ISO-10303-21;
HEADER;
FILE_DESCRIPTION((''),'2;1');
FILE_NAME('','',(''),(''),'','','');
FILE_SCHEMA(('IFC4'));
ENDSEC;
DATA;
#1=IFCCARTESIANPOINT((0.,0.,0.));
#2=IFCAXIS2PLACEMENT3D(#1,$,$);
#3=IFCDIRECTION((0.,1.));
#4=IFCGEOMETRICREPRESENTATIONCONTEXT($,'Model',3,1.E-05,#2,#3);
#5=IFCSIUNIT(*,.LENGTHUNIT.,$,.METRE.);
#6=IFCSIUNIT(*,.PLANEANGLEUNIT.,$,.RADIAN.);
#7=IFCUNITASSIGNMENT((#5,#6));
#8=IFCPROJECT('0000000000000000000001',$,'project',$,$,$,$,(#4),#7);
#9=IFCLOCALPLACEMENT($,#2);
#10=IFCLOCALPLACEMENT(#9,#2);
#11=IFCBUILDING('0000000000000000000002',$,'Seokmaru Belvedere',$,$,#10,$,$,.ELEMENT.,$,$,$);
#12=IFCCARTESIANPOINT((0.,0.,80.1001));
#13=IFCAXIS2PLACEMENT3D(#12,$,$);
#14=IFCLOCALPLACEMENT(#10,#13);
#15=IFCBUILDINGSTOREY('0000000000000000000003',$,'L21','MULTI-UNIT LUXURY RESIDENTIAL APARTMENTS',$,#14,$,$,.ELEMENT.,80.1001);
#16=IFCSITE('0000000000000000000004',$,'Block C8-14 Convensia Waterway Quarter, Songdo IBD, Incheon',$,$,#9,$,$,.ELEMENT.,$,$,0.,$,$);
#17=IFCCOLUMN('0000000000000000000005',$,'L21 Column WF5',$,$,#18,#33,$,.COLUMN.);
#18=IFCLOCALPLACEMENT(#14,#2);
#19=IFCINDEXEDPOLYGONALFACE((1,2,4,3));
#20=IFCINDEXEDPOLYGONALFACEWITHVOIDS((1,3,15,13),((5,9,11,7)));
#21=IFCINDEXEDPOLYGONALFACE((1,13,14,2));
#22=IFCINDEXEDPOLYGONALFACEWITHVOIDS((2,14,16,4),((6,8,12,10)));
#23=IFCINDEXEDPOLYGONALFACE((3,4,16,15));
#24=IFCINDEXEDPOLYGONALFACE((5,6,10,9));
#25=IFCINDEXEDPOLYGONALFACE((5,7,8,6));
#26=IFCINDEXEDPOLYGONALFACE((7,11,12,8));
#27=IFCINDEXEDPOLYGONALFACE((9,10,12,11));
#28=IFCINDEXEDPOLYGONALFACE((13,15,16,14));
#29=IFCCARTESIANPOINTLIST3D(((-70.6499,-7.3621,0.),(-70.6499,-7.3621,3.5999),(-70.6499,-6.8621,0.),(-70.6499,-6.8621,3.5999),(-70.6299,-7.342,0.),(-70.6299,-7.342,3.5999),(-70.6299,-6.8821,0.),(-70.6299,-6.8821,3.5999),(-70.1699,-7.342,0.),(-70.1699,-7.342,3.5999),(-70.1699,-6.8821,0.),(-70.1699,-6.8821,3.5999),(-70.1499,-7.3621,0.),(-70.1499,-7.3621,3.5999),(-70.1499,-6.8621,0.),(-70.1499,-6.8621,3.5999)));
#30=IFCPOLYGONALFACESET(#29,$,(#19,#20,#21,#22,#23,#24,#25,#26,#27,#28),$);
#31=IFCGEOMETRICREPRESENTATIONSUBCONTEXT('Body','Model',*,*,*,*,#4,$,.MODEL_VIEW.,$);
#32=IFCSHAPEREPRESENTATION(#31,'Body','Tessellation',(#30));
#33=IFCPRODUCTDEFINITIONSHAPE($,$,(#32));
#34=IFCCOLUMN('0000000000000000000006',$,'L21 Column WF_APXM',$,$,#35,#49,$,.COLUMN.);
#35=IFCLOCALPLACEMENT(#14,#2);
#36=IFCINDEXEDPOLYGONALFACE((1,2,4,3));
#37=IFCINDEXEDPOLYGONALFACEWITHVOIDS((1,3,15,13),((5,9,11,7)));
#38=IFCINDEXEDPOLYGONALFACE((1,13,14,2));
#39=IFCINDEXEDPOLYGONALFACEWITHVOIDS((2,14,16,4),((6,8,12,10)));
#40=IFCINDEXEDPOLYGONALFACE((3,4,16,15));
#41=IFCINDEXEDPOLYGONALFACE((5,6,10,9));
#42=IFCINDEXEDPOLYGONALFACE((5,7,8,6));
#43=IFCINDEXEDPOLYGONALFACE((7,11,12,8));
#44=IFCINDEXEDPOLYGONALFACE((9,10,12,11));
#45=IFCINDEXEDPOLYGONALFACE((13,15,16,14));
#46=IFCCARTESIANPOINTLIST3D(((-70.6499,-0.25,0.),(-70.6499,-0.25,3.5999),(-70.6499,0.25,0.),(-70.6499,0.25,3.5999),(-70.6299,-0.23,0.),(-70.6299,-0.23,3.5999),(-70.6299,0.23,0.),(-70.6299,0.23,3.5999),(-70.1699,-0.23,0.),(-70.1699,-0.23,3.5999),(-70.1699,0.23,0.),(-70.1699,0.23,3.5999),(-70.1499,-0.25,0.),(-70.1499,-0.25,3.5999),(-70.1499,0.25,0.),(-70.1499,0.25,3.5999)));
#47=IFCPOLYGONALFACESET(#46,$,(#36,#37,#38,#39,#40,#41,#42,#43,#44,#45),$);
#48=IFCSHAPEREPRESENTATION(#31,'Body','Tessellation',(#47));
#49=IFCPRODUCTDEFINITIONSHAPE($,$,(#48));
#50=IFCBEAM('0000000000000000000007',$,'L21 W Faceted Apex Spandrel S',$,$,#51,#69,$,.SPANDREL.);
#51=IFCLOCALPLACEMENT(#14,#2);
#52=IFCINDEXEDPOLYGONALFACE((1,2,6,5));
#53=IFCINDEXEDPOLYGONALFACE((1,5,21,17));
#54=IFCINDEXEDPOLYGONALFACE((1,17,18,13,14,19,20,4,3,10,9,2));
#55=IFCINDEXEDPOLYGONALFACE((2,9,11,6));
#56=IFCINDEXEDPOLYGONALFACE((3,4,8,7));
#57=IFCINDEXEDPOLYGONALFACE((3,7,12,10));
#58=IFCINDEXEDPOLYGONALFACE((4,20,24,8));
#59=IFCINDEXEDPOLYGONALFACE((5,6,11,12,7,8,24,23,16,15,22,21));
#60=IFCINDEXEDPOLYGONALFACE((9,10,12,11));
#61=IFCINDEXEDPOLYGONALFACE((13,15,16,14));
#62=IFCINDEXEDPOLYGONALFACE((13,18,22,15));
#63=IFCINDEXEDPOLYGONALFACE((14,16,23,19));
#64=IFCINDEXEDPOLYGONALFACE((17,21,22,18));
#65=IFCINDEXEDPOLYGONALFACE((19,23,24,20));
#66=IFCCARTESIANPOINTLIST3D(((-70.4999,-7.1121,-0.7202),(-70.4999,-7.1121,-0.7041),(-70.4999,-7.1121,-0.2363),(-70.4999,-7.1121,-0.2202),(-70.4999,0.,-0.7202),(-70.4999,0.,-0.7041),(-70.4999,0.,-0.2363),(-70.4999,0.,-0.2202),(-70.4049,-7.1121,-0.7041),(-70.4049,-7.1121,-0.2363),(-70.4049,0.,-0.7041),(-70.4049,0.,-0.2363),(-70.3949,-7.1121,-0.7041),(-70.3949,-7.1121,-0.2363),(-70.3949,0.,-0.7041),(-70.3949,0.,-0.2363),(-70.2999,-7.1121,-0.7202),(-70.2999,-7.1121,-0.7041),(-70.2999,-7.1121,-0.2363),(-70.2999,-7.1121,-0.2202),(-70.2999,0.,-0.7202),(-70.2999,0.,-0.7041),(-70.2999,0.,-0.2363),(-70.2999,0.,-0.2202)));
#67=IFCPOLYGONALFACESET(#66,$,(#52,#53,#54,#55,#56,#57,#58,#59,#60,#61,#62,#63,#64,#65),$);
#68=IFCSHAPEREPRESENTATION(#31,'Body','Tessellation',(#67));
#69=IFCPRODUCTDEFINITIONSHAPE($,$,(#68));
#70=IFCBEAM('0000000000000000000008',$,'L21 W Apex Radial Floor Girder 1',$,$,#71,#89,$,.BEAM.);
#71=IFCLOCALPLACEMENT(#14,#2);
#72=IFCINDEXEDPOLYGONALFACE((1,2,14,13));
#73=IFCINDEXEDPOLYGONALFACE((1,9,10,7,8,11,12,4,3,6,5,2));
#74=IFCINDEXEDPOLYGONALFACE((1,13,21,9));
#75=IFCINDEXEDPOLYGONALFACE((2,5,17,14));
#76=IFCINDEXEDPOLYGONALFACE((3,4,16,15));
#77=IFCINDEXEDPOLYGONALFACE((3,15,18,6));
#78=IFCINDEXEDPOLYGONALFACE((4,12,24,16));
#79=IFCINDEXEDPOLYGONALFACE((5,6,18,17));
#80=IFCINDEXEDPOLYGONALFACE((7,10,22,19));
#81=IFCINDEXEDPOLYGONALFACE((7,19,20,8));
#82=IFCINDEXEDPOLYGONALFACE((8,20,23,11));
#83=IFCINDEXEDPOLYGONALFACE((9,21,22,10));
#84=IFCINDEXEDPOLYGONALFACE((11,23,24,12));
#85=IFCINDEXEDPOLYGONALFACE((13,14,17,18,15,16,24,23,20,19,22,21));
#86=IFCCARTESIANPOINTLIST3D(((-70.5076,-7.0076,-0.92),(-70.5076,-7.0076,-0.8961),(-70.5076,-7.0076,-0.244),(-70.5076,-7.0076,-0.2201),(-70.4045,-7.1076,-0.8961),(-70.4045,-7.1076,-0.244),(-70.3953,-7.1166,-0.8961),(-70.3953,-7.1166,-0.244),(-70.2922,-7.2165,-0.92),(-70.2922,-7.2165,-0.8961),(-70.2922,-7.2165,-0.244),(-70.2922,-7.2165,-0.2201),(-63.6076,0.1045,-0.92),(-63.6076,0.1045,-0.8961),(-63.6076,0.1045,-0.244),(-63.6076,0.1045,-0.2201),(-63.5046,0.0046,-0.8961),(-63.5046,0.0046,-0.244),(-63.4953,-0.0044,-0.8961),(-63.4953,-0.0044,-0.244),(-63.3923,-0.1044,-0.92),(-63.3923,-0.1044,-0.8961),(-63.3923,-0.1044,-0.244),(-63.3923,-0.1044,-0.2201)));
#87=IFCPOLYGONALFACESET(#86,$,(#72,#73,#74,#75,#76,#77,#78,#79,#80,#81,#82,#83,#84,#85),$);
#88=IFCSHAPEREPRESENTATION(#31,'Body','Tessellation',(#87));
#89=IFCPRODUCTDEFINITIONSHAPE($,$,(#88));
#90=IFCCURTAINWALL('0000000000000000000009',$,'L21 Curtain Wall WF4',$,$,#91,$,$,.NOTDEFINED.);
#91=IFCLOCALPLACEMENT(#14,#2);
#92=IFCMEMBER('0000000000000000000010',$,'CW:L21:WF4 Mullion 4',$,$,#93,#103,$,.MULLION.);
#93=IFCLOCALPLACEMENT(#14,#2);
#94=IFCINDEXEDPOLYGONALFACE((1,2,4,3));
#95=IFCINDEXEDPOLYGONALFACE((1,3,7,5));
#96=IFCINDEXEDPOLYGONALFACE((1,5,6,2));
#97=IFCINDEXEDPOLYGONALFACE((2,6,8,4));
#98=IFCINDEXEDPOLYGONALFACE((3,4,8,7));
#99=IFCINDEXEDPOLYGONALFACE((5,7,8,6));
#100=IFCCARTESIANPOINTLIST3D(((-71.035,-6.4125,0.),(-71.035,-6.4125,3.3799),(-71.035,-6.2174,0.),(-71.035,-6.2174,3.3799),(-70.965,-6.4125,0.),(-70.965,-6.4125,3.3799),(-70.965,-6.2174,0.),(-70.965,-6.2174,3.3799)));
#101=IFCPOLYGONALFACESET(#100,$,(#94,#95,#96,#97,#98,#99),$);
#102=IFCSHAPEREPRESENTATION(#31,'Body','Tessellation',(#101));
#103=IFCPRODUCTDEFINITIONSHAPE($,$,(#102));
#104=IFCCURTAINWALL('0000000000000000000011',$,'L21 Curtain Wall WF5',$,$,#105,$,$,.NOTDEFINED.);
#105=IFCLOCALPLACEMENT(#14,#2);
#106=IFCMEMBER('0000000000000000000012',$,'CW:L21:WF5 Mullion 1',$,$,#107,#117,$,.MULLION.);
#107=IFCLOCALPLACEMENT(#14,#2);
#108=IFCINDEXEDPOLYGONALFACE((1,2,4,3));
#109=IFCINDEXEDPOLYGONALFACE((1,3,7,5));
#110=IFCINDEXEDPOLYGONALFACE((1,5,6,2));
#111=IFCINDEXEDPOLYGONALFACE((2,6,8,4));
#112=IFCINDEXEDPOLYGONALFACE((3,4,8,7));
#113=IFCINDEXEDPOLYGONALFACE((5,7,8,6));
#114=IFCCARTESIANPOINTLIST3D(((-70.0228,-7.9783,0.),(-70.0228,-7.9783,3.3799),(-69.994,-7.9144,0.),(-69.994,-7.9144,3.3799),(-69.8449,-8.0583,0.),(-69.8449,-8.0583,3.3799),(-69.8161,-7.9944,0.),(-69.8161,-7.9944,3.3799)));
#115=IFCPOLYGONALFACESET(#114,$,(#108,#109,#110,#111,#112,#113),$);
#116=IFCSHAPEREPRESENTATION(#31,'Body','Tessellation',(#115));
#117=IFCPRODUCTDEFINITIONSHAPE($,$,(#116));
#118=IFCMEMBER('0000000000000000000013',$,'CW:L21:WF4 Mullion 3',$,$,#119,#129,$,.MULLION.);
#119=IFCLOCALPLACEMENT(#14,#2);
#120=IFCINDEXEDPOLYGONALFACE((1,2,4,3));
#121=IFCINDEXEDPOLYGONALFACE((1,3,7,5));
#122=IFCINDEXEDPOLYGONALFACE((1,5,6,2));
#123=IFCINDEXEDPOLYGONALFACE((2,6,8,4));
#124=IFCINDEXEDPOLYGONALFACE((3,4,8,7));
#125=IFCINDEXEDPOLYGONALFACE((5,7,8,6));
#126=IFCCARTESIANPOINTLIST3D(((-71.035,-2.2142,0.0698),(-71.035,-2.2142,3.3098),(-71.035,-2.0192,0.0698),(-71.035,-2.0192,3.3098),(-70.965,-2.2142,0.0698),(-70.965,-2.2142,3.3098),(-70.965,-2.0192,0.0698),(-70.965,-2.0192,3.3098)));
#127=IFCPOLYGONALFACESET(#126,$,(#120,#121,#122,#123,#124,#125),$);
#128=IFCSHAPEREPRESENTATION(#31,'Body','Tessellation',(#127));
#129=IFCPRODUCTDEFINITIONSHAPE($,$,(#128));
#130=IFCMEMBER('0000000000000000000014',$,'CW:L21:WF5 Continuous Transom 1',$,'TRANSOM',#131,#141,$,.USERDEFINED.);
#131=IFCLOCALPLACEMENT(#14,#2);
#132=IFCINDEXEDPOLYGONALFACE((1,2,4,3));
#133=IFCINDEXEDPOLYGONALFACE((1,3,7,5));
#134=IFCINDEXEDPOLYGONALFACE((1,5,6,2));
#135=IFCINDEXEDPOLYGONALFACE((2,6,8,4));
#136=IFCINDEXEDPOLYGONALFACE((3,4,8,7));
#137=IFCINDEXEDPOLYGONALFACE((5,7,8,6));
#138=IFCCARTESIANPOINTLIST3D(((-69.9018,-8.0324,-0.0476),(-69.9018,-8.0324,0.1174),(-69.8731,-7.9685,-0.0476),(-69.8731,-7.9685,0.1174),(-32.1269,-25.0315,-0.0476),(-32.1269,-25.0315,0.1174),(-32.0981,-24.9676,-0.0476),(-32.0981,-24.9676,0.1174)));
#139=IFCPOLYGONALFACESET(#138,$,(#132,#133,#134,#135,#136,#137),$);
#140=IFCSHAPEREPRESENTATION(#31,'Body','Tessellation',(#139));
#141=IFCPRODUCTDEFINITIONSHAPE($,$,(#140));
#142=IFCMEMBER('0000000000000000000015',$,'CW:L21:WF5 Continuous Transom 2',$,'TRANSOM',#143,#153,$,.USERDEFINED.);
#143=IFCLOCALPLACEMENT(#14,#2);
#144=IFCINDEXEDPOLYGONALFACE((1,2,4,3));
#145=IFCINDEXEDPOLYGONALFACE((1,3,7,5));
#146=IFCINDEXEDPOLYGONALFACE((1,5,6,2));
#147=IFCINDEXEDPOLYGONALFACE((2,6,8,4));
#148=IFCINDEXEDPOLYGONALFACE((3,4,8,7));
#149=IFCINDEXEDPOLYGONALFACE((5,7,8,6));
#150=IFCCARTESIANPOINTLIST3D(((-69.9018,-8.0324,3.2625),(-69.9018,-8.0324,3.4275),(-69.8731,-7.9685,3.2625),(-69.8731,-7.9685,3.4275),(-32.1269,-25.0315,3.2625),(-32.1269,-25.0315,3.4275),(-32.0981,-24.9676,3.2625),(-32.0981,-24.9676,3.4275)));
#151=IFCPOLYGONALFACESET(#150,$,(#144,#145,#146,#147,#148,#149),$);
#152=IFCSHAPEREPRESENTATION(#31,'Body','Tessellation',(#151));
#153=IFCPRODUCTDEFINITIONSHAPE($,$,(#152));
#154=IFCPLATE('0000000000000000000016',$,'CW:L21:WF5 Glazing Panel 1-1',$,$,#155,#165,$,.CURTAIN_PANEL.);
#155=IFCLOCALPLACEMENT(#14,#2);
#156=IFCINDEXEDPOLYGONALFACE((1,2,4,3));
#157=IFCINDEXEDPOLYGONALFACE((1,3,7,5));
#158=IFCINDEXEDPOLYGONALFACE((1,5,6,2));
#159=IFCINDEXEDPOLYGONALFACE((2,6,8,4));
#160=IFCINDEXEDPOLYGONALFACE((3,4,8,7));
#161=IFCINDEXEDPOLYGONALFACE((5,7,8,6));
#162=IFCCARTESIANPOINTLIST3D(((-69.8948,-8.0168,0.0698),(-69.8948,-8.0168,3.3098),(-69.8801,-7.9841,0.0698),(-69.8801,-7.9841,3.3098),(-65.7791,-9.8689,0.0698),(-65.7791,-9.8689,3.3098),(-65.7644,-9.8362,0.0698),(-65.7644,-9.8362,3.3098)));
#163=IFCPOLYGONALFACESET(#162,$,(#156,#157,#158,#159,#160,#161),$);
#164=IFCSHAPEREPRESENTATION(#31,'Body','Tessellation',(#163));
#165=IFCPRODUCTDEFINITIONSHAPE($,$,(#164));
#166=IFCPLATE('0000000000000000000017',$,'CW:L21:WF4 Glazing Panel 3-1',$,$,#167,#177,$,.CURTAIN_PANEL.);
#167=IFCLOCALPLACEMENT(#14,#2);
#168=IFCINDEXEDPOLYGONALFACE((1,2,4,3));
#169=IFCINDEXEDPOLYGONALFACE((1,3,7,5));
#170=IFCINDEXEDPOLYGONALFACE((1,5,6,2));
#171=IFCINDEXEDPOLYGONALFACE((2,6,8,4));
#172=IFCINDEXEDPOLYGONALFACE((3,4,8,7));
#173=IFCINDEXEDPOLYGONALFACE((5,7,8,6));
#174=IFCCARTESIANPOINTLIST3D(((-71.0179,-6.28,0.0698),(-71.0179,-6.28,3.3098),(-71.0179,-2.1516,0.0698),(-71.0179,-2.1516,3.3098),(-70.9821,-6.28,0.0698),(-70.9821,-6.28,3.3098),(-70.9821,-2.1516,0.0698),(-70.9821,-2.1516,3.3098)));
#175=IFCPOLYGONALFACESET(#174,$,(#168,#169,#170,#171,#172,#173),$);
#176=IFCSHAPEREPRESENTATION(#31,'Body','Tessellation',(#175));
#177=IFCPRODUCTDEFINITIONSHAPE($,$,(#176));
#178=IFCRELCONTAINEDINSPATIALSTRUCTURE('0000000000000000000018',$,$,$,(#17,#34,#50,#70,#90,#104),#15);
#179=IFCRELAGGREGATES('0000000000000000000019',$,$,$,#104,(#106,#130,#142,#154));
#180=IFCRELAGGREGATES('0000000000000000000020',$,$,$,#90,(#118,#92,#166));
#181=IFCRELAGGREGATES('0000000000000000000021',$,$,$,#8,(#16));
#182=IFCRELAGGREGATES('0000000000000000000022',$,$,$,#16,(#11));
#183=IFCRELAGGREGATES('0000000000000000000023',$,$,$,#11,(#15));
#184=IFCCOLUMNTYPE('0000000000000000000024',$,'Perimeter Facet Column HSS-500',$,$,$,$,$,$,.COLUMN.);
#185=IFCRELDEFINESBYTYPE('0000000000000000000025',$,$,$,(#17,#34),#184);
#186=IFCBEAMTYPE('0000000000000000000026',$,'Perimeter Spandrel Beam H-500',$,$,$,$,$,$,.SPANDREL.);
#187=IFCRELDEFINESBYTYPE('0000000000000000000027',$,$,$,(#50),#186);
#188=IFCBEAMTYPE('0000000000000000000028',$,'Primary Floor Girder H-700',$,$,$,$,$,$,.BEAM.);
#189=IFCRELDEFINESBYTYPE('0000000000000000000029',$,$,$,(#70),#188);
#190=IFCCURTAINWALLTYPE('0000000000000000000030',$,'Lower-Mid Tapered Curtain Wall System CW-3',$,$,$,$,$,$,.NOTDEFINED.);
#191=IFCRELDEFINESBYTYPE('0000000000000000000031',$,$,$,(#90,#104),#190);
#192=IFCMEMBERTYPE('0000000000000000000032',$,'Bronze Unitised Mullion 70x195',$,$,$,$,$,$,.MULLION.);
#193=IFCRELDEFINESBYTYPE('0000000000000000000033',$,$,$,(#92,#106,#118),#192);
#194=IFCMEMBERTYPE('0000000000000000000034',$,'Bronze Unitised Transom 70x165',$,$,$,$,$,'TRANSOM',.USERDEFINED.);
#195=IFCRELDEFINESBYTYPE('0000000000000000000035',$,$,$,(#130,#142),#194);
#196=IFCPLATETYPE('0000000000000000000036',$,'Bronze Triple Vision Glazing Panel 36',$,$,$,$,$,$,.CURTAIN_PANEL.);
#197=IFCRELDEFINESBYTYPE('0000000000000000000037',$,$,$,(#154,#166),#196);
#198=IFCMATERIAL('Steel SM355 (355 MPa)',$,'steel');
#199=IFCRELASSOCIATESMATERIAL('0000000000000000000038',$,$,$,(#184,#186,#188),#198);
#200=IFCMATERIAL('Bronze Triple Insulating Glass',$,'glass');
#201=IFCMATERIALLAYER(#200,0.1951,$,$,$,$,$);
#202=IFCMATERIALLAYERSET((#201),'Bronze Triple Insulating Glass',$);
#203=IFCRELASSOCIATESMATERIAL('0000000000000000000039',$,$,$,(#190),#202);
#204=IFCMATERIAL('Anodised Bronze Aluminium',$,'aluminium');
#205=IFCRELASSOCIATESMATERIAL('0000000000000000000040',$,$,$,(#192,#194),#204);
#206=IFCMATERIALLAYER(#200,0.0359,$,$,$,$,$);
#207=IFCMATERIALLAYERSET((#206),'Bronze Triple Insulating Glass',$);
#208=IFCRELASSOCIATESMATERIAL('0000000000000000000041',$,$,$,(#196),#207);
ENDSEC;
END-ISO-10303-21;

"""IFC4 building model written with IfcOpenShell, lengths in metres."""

from ifc_helpers import new_model, si_unit, direction, frame, origin, origin_2d, place, context, subcontext, project, spatial, rectangle, hollow_rectangle, i_section, extrude, source, transform, mapped, material, layer, layer_set, material_profile, profile_set, type_object, type_shapes, element, aggregate, save


model = new_model("IFC4")

# Units and contexts
model_context = context("Model", 3, precision=1e-05, world=origin(), true_north=direction((0.0, 1.0)))
body_context = subcontext(model_context, "Body", "Model", "MODEL_VIEW")
ifc_project = project(units=[si_unit("LENGTHUNIT", "METRE"), si_unit("PLANEANGLEUNIT", "RADIAN")], contexts=[model_context])

# Site, building, storey
site_placement = place(None, origin())
site = spatial("IfcSite", under=ifc_project, at=site_placement, Name="Block C8-14 Convensia Waterway Quarter, Songdo IBD, Incheon", CompositionType="ELEMENT", RefElevation=0.0)
building_placement = place(site_placement, origin())
building = spatial("IfcBuilding", under=site, at=building_placement, Name="Seokmaru Belvedere", CompositionType="ELEMENT")
storey_placement = place(building_placement, frame((0.0, 0.0, 80.1001)))
storey = spatial("IfcBuildingStorey", under=building, at=storey_placement, Name="L21", Description="MULTI-UNIT LUXURY RESIDENTIAL APARTMENTS", CompositionType="ELEMENT", Elevation=80.1001)

# Columns
ifc_material_1 = material(Name="Steel SM355 (355 MPa)", Category="steel")
ifc_material_profile_1 = material_profile(ifc_material_1, hollow_rectangle(XDim=0.5, YDim=0.5, WallThickness=0.02, at=origin_2d()), Name="HSS-500x500x20")
ifc_profile_set_1 = profile_set([ifc_material_profile_1], Name="Steel SM355 (355 MPa)")
column_type = type_object("IfcColumnType", Name="Perimeter Facet Column HSS-500", PredefinedType="COLUMN", material=ifc_profile_set_1)
shared_shape_1 = source(origin(), body_context, "Body", "SweptSolid", [
    extrude(hollow_rectangle(XDim=0.5, YDim=0.5, WallThickness=0.02, at=origin_2d()), origin(), (0.0, 0.0, 1.0), 3.5999),
])
type_shapes(column_type, [shared_shape_1])
for number, where, z_axis, x_axis, name in (
    (1, (-70.3999, -7.1121, 0.0), (0.0, 0.0, 1.0), (1.0, 0.0, 0.0), "L21 Column WF5"),
    (2, (-70.3999, 0.0, 0.0), (0.0, 0.0, 1.0), (1.0, 0.0, 0.0), "L21 Column WF_APXM"),
):
    element("IfcColumn", number, at=place(storey_placement, frame(where, z_axis=z_axis, x_axis=x_axis)), inside=storey, type_object=column_type, Name=name, PredefinedType="COLUMN", context=body_context, shape_type="MappedRepresentation", body=[
        mapped(shared_shape_1, transform((0.0, 0.0, 0.0), scale=1.0)),
    ])

# Beams
ifc_material_profile_2 = material_profile(ifc_material_1, i_section(OverallWidth=0.2, OverallDepth=0.5, WebThickness=0.01, FlangeThickness=0.0161, at=origin_2d()), Name="H-500x200x10x16")
ifc_profile_set_2 = profile_set([ifc_material_profile_2], Name="Steel SM355 (355 MPa)")
beam_type_1 = type_object("IfcBeamType", Name="Perimeter Spandrel Beam H-500", PredefinedType="SPANDREL", material=ifc_profile_set_2)
shared_shape_2 = source(origin(), body_context, "Body", "SweptSolid", [
    extrude(i_section(OverallWidth=0.2, OverallDepth=0.5, WebThickness=0.01, FlangeThickness=0.0161, at=origin_2d()), origin(), (0.0, 0.0, 1.0), 7.1121),
])
type_shapes(beam_type_1, [shared_shape_2])
beam_1_placement = place(storey_placement, frame((-70.3999, -7.1121, -0.4702), z_axis=(0.0, 1.0, 0.0), x_axis=(-1.0, 0.0, 0.0)))
element("IfcBeam", 3, at=beam_1_placement, inside=storey, type_object=beam_type_1, Name="L21 W Faceted Apex Spandrel S", PredefinedType="SPANDREL", context=body_context, shape_type="MappedRepresentation", body=[
    mapped(shared_shape_2, transform((0.0, 0.0, 0.0), scale=1.0)),
])
ifc_material_profile_3 = material_profile(ifc_material_1, i_section(OverallWidth=0.3, OverallDepth=0.7, WebThickness=0.0129, FlangeThickness=0.0239, at=origin_2d()), Name="H-700x300x13x24")
ifc_profile_set_3 = profile_set([ifc_material_profile_3], Name="Steel SM355 (355 MPa)")
beam_type_2 = type_object("IfcBeamType", Name="Primary Floor Girder H-700", PredefinedType="BEAM", material=ifc_profile_set_3)
shared_shape_3 = source(origin(), body_context, "Body", "SweptSolid", [
    extrude(i_section(OverallWidth=0.3, OverallDepth=0.7, WebThickness=0.0129, FlangeThickness=0.0239, at=origin_2d()), origin(), (0.0, 0.0, 1.0), 9.9092),
])
type_shapes(beam_type_2, [shared_shape_3])
beam_2_placement = place(storey_placement, frame((-70.3999, -7.1121, -0.5701), z_axis=(0.696321, 0.717731, 0.0), x_axis=(-0.717731, 0.696321, 0.0)))
element("IfcBeam", 4, at=beam_2_placement, inside=storey, type_object=beam_type_2, Name="L21 W Apex Radial Floor Girder 1", PredefinedType="BEAM", context=body_context, shape_type="MappedRepresentation", body=[
    mapped(shared_shape_3, transform((0.0, 0.0, 0.0), scale=1.0)),
])

# Curtain walls, members
ifc_material_2 = material(Name="Bronze Triple Insulating Glass", Category="glass")
ifc_layer_1 = layer(ifc_material_2, 0.1951)
ifc_layer_set_1 = layer_set([ifc_layer_1], Name="Bronze Triple Insulating Glass")
curtain_wall_type = type_object("IfcCurtainWallType", Name="Lower-Mid Tapered Curtain Wall System CW-3", PredefinedType="NOTDEFINED", material=ifc_layer_set_1)
curtain_wall_1_placement = place(storey_placement, origin())
curtain_wall_1 = element("IfcCurtainWall", 5, at=curtain_wall_1_placement, inside=storey, type_object=curtain_wall_type, Name="L21 Curtain Wall WF4", PredefinedType="NOTDEFINED")
ifc_material_3 = material(Name="Anodised Bronze Aluminium", Category="aluminium")
ifc_material_profile_4 = material_profile(ifc_material_3, rectangle(XDim=0.0701, YDim=0.1951, at=origin_2d()), Name="CW-M-70x195")
ifc_profile_set_4 = profile_set([ifc_material_profile_4], Name="Anodised Bronze Aluminium")
member_type_1 = type_object("IfcMemberType", Name="Bronze Unitised Mullion 70x195", PredefinedType="MULLION", material=ifc_profile_set_4)
shared_shape_4 = source(origin(), body_context, "Body", "SweptSolid", [
    extrude(rectangle(XDim=0.0701, YDim=0.1951, at=origin_2d()), origin(), (0.0, 0.0, 1.0), 3.3799),
])
member_1_placement = place(storey_placement, frame((-71.0, -6.3149, 0.0), z_axis=(0.0, 0.0, 1.0), x_axis=(1.0, 0.0, 0.0)))
member_1 = element("IfcMember", 6, at=member_1_placement, type_object=member_type_1, Name="CW:L21:WF4 Mullion 4", PredefinedType="MULLION", context=body_context, shape_type="MappedRepresentation", body=[
    mapped(shared_shape_4, transform((0.0, 0.0, 0.0), scale=1.0)),
])
curtain_wall_2_placement = place(storey_placement, origin())
curtain_wall_2 = element("IfcCurtainWall", 7, at=curtain_wall_2_placement, inside=storey, type_object=curtain_wall_type, Name="L21 Curtain Wall WF5", PredefinedType="NOTDEFINED")
member_2_placement = place(storey_placement, frame((-69.9194, -7.9863, 0.0), z_axis=(0.0, 0.0, 1.0), x_axis=(0.410366, 0.911921, 0.0)))
member_2 = element("IfcMember", 8, at=member_2_placement, type_object=member_type_1, Name="CW:L21:WF5 Mullion 1", PredefinedType="MULLION", context=body_context, shape_type="MappedRepresentation", body=[
    mapped(shared_shape_4, transform((0.0, 0.0, 0.0), scale=1.0)),
])

# Members
shared_shape_5 = source(origin(), body_context, "Body", "SweptSolid", [
    extrude(rectangle(XDim=0.0701, YDim=0.1951, at=origin_2d()), origin(), (0.0, 0.0, 1.0), 3.24),
])
type_shapes(member_type_1, [shared_shape_4, shared_shape_5])
member_3_placement = place(storey_placement, frame((-71.0, -2.1167, 0.0698), z_axis=(0.0, 0.0, 1.0), x_axis=(1.0, 0.0, 0.0)))
member_3 = element("IfcMember", 9, at=member_3_placement, type_object=member_type_1, Name="CW:L21:WF4 Mullion 3", PredefinedType="MULLION", context=body_context, shape_type="MappedRepresentation", body=[
    mapped(shared_shape_5, transform((0.0, 0.0, 0.0), scale=1.0)),
])
ifc_material_profile_5 = material_profile(ifc_material_3, rectangle(XDim=0.0701, YDim=0.165, at=origin_2d()), Name="CW-T-70x165")
ifc_profile_set_5 = profile_set([ifc_material_profile_5], Name="Anodised Bronze Aluminium")
member_type_2 = type_object("IfcMemberType", Name="Bronze Unitised Transom 70x165", ElementType="TRANSOM", PredefinedType="USERDEFINED", material=ifc_profile_set_5)
shared_shape_6 = source(origin(), body_context, "Body", "SweptSolid", [
    extrude(rectangle(XDim=0.0701, YDim=0.165, at=origin_2d()), origin(), (0.0, 0.0, 1.0), 41.4236),
])
type_shapes(member_type_2, [shared_shape_6])
member_4_placement = place(storey_placement, frame((-69.8875, -8.0005, 0.0349), z_axis=(0.911919, -0.410371, 0.0), x_axis=(0.410371, 0.911919, 0.0)))
member_4 = element("IfcMember", 10, at=member_4_placement, type_object=member_type_2, Name="CW:L21:WF5 Continuous Transom 1", ObjectType="TRANSOM", PredefinedType="USERDEFINED", context=body_context, shape_type="MappedRepresentation", body=[
    mapped(shared_shape_6, transform((0.0, 0.0, 0.0), scale=1.0)),
])
member_5_placement = place(storey_placement, frame((-69.8875, -8.0005, 3.345), z_axis=(0.911919, -0.410371, 0.0), x_axis=(0.410371, 0.911919, 0.0)))
member_5 = element("IfcMember", 11, at=member_5_placement, type_object=member_type_2, Name="CW:L21:WF5 Continuous Transom 2", ObjectType="TRANSOM", PredefinedType="USERDEFINED", context=body_context, shape_type="MappedRepresentation", body=[
    mapped(shared_shape_6, transform((0.0, 0.0, 0.0), scale=1.0)),
])

# Plates
ifc_layer_2 = layer(ifc_material_2, 0.0359)
ifc_layer_set_2 = layer_set([ifc_layer_2], Name="Bronze Triple Insulating Glass")
plate_type = type_object("IfcPlateType", Name="Bronze Triple Vision Glazing Panel 36", PredefinedType="CURTAIN_PANEL", material=ifc_layer_set_2)
shared_shape_7 = source(origin(), body_context, "Body", "SweptSolid", [
    extrude(rectangle(XDim=4.5132, YDim=0.0359, at=origin_2d()), origin(), (0.0, 0.0, 1.0), 3.24),
])
plate_1_placement = place(storey_placement, frame((-67.8296, -8.9265, 0.0698), z_axis=(0.0, 0.0, 1.0), x_axis=(0.911921, -0.410366, 0.0)))
plate_1 = element("IfcPlate", 12, at=plate_1_placement, type_object=plate_type, Name="CW:L21:WF5 Glazing Panel 1-1", PredefinedType="CURTAIN_PANEL", context=body_context, shape_type="MappedRepresentation", body=[
    mapped(shared_shape_7, transform((0.0, 0.0, 0.0), scale=1.0)),
])
aggregate(curtain_wall_2, [member_2, member_4, member_5, plate_1])
shared_shape_8 = source(origin(), body_context, "Body", "SweptSolid", [
    extrude(rectangle(XDim=4.1284, YDim=0.0359, at=origin_2d()), origin(), (0.0, 0.0, 1.0), 3.24),
])
plate_2_placement = place(storey_placement, frame((-71.0, -4.2158, 0.0698), z_axis=(0.0, 0.0, 1.0), x_axis=(0.0, -1.0, 0.0)))
plate_2 = element("IfcPlate", 13, at=plate_2_placement, type_object=plate_type, Name="CW:L21:WF4 Glazing Panel 3-1", PredefinedType="CURTAIN_PANEL", context=body_context, shape_type="MappedRepresentation", body=[
    mapped(shared_shape_8, transform((0.0, 0.0, 0.0), scale=1.0)),
])
aggregate(curtain_wall_1, [member_3, member_1, plate_2])

save(model, "model.ifc")
